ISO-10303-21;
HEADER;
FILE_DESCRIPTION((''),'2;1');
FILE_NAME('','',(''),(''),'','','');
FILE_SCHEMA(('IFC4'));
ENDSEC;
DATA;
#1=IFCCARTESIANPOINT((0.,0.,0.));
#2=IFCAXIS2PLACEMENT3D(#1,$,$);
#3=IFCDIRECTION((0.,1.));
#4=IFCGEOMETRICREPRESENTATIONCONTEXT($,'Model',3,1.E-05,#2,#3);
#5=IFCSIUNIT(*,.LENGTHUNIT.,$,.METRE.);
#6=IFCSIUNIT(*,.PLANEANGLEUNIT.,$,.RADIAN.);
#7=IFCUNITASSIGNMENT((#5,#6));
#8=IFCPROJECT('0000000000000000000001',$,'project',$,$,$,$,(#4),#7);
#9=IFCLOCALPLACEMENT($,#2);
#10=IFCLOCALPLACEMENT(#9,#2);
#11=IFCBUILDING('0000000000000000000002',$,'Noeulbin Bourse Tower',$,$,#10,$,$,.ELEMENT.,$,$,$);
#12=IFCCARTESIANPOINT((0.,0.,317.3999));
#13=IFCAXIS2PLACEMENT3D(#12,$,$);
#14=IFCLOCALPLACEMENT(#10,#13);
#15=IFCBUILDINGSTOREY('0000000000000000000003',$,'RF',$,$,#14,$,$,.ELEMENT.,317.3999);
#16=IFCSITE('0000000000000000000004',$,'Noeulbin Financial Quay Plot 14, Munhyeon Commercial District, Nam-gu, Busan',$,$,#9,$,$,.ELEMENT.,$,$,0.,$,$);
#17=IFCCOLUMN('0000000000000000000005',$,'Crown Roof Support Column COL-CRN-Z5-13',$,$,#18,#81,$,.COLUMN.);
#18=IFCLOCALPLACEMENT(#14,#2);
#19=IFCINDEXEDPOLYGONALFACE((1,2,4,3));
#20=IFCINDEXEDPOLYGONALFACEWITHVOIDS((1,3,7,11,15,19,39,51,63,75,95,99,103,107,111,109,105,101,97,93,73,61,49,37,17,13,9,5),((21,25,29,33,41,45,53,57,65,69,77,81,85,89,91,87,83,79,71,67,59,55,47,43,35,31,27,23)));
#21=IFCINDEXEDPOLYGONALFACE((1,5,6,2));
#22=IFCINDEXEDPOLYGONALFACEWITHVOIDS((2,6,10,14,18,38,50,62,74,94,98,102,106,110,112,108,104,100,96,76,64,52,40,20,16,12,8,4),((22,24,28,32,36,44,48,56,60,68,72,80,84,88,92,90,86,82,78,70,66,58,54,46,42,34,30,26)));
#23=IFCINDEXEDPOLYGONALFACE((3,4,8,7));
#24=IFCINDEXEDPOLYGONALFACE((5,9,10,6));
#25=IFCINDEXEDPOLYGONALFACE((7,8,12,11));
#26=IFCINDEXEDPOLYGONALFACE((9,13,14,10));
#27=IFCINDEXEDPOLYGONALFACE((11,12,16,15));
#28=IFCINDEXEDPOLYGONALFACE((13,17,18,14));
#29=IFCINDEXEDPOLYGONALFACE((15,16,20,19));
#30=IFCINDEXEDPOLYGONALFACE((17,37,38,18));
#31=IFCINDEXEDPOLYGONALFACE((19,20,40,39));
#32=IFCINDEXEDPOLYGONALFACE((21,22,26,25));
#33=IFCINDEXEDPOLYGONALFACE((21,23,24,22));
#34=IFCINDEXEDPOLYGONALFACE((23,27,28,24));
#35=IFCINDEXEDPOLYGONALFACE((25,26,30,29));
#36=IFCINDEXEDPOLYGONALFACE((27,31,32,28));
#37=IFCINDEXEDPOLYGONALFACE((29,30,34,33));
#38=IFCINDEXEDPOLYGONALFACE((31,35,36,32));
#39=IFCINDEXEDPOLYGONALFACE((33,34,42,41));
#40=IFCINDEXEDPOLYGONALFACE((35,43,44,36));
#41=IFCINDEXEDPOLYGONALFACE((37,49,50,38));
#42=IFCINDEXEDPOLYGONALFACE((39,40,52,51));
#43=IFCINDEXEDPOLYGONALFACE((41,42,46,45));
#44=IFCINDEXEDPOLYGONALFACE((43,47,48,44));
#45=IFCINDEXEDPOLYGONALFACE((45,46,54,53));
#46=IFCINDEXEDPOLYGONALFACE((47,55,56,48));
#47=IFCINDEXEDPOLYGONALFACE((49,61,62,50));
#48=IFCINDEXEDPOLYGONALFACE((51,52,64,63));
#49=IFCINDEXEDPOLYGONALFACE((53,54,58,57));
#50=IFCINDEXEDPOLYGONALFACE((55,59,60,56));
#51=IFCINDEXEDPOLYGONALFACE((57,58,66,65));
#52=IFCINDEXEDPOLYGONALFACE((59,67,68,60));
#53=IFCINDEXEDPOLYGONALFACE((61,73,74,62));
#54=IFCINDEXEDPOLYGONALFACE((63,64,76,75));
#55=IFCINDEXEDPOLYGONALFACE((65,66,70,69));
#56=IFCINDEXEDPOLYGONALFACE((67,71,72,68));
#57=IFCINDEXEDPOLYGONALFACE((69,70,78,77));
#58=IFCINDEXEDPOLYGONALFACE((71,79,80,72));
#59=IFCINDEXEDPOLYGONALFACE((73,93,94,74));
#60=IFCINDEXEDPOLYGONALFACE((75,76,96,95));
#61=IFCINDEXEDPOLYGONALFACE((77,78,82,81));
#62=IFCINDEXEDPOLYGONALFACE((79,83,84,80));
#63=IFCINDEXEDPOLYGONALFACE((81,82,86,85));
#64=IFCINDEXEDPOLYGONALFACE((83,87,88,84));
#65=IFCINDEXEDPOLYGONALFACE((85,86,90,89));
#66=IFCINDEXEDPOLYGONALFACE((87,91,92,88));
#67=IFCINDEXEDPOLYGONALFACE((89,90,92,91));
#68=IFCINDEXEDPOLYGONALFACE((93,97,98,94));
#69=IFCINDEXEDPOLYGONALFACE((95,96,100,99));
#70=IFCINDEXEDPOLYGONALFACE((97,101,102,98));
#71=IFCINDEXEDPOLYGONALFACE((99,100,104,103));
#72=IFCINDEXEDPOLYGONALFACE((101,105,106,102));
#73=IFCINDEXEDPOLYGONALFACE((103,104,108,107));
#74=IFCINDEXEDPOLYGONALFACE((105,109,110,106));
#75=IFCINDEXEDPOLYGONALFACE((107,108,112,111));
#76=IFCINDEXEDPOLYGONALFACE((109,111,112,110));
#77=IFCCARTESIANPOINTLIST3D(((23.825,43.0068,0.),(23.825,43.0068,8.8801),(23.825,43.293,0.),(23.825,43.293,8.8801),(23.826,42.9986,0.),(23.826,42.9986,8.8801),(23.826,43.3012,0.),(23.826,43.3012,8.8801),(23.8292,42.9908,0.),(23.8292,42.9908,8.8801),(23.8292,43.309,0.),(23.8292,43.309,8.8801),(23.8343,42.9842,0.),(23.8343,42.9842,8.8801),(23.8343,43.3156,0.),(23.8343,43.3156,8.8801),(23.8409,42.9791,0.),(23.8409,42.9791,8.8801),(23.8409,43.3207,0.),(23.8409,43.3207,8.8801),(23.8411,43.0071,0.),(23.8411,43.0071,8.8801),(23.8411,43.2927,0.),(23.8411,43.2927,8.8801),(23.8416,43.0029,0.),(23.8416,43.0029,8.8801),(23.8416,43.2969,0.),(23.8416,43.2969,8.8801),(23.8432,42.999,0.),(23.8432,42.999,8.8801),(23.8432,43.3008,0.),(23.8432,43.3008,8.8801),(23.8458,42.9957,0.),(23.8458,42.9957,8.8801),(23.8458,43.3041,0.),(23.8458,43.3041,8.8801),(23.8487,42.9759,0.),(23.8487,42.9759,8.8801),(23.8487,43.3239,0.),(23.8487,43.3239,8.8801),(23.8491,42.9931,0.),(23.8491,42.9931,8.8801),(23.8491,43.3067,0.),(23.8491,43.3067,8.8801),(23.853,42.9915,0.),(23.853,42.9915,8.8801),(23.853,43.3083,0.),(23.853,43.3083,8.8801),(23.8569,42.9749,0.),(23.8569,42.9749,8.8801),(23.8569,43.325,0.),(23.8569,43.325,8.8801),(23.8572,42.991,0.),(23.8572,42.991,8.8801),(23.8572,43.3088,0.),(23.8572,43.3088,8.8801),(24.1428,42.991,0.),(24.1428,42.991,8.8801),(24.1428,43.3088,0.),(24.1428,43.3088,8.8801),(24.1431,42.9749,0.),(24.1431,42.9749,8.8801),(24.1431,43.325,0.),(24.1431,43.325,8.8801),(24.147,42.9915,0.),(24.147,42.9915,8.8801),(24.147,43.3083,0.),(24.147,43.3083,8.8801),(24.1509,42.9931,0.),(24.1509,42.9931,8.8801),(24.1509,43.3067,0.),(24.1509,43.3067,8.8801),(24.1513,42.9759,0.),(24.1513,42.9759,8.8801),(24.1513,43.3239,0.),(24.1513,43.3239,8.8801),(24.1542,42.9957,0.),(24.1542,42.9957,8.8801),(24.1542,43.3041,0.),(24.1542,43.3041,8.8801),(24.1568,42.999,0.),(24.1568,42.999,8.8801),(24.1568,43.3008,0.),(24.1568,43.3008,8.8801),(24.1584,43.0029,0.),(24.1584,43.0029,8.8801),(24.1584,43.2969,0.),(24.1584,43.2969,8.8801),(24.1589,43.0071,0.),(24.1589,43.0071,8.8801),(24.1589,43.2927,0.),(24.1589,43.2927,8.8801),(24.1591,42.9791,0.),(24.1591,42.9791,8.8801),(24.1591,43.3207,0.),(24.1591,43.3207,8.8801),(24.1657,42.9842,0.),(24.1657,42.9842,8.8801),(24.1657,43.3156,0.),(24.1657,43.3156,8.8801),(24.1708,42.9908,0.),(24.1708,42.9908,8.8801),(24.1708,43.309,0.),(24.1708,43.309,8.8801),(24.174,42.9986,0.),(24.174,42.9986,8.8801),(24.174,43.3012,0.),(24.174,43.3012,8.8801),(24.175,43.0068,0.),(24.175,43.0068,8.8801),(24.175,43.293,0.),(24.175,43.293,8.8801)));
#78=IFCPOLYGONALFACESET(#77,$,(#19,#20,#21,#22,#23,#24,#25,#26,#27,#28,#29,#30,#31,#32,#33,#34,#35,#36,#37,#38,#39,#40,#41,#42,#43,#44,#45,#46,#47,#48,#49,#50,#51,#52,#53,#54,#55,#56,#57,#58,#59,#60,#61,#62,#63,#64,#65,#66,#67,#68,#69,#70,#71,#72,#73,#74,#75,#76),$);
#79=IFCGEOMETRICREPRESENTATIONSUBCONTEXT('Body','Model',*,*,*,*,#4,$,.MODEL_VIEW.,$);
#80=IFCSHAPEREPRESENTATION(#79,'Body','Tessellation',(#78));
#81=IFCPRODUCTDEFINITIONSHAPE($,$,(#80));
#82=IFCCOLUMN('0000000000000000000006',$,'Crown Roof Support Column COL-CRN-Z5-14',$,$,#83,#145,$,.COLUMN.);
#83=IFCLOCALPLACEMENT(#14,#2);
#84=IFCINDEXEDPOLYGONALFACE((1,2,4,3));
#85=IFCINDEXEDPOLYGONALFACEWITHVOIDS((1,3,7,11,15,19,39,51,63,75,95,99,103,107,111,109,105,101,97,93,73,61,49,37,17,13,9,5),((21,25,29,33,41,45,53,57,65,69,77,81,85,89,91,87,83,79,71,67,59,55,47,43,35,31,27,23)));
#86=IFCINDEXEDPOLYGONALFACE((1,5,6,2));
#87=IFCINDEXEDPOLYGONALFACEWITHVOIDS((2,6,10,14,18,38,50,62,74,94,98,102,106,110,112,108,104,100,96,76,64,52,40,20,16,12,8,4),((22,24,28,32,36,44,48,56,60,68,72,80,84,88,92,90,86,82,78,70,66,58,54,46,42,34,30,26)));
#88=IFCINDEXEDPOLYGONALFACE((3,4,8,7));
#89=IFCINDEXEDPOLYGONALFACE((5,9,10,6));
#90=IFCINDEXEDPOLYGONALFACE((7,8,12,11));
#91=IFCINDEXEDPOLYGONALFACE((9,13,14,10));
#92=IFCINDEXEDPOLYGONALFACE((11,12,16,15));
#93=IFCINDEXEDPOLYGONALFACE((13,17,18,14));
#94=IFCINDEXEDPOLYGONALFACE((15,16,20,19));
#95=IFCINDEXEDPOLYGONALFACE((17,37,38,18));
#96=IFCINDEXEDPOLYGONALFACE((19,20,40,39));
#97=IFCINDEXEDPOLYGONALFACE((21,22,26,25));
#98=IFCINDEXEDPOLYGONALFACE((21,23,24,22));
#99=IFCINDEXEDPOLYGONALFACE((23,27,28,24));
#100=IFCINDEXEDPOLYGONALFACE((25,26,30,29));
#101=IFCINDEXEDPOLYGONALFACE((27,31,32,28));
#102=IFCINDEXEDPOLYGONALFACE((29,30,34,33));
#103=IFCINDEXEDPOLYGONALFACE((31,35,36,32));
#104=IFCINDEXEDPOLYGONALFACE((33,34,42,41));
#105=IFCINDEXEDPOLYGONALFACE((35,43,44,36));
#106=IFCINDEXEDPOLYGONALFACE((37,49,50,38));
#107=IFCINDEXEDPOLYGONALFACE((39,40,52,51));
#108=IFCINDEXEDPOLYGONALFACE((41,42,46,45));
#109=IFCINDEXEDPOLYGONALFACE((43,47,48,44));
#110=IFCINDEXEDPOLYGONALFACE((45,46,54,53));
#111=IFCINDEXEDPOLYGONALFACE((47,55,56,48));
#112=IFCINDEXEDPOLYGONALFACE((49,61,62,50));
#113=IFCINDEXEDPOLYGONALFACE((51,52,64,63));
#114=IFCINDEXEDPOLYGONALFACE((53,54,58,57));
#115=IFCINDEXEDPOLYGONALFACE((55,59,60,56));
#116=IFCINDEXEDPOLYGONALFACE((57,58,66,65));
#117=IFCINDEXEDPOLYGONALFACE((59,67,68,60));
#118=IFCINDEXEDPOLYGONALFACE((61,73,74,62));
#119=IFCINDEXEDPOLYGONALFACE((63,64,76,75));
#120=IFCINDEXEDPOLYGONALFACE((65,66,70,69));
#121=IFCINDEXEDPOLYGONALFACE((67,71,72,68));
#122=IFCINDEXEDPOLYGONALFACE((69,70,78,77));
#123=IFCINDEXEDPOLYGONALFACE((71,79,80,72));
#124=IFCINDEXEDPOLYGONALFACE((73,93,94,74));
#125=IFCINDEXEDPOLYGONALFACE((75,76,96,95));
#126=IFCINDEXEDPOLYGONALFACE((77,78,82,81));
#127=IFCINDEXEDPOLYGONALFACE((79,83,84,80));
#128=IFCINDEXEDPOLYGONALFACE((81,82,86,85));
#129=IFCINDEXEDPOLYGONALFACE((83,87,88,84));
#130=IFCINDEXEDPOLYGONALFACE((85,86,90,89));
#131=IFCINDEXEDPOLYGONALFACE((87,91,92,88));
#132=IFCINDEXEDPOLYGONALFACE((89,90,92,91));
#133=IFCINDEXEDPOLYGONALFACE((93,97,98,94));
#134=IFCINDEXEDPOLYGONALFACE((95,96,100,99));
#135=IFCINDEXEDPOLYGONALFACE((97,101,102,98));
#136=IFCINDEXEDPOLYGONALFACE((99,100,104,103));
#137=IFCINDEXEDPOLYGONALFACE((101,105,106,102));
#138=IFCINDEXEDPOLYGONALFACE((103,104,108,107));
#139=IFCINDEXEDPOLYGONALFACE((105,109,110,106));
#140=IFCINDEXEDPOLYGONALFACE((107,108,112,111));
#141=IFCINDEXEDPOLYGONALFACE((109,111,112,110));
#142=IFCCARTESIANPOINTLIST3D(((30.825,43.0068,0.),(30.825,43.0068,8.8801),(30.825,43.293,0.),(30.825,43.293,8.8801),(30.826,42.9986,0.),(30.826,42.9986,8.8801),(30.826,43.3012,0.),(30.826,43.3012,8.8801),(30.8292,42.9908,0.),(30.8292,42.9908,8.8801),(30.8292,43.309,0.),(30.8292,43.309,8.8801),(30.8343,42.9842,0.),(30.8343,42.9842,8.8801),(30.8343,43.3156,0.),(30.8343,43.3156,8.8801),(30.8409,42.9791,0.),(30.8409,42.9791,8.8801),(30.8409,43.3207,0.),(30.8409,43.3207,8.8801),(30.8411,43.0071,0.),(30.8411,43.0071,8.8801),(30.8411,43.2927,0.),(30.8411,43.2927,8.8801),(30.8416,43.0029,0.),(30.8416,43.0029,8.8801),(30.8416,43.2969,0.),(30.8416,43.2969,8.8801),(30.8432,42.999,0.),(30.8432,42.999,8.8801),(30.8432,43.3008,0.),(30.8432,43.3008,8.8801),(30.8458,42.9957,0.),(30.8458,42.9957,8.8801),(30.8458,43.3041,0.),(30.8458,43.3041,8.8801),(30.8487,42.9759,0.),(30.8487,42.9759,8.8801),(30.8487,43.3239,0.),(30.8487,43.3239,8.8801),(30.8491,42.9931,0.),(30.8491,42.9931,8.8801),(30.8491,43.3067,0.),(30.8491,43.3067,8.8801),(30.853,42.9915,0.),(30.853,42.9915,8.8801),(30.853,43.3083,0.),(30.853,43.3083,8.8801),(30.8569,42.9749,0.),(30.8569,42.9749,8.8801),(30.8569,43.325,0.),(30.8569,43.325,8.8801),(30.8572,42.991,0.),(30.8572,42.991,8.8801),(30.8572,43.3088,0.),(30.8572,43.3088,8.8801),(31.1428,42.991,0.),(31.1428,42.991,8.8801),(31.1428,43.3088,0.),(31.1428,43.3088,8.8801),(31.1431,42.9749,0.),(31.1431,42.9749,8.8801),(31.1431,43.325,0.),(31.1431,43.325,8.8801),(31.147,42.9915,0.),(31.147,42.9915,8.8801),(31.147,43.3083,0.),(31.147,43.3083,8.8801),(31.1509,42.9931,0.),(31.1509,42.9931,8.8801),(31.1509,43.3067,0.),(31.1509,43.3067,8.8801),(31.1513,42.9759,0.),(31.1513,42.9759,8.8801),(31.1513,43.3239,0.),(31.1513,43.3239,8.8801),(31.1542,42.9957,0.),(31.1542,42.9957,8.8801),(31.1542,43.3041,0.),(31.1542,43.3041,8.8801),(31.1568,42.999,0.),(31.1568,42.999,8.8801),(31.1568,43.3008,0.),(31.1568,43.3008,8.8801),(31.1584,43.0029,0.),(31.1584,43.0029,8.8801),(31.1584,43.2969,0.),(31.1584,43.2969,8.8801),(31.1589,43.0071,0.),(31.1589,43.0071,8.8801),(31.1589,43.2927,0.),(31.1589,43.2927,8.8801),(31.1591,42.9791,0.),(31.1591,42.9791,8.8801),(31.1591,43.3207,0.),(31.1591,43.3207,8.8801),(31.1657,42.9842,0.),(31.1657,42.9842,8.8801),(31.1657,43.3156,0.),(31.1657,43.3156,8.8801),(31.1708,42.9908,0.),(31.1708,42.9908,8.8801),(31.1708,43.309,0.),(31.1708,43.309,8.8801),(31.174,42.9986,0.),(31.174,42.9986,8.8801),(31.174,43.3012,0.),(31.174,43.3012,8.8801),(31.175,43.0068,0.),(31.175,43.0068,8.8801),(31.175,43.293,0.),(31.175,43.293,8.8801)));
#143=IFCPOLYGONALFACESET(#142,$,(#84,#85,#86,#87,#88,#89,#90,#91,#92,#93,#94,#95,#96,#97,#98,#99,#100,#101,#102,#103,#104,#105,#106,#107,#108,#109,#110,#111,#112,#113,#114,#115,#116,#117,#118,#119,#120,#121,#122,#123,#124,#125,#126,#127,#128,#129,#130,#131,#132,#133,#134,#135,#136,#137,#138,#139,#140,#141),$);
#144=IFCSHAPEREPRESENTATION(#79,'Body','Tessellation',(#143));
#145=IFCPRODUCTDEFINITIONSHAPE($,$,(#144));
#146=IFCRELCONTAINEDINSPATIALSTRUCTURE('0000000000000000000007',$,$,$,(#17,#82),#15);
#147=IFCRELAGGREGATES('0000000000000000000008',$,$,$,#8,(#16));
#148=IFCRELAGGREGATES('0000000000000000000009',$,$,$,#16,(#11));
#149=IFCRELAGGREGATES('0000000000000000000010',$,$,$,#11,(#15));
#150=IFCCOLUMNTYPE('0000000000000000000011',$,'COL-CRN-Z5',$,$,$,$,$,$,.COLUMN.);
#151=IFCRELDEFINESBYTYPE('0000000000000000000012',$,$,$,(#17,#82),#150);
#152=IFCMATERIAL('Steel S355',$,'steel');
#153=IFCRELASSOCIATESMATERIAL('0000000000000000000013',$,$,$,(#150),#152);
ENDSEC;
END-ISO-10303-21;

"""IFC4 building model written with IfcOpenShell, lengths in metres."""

from ifc_helpers import new_model, si_unit, direction, frame, origin, origin_2d, place, context, subcontext, project, spatial, hollow_rectangle, extrude, material, material_profile, profile_set, type_object, element, save


model = new_model("IFC4")

# Units and contexts
model_context = context("Model", 3, precision=1e-05, world=origin(), true_north=direction((0.0, 1.0)))
body_context = subcontext(model_context, "Body", "Model", "MODEL_VIEW")
ifc_project = project(units=[si_unit("LENGTHUNIT", "METRE"), si_unit("PLANEANGLEUNIT", "RADIAN")], contexts=[model_context])

# Site, building, storey
site_placement = place(None, origin())
site = spatial("IfcSite", under=ifc_project, at=site_placement, Name="Noeulbin Financial Quay Plot 14, Munhyeon Commercial District, Nam-gu, Busan", CompositionType="ELEMENT", RefElevation=0.0)
building_placement = place(site_placement, origin())
building = spatial("IfcBuilding", under=site, at=building_placement, Name="Noeulbin Bourse Tower", CompositionType="ELEMENT")
storey_placement = place(building_placement, frame((0.0, 0.0, 317.3999)))
storey = spatial("IfcBuildingStorey", under=building, at=storey_placement, Name="RF", CompositionType="ELEMENT", Elevation=317.3999)

# Columns
ifc_material_1 = material(Name="Steel S355", Category="steel")
ifc_material_profile_1 = material_profile(ifc_material_1, hollow_rectangle(XDim=0.3501, YDim=0.3501, WallThickness=0.0161, InnerFilletRadius=0.0161, OuterFilletRadius=0.032, at=origin_2d()), Name="SHS-350x350x16", Category="LoadBearing")
ifc_profile_set_1 = profile_set([ifc_material_profile_1], Name="Steel S355")
column_type_1 = type_object("IfcColumnType", Name="COL-CRN-Z5", PredefinedType="COLUMN", material=ifc_profile_set_1)
for number, where, z_axis, x_axis, name in (
    (1, (24.0, 43.1499, 0.0), (0.0, 0.0, 1.0), (1.0, 0.0, 0.0), "Crown Roof Support Column COL-CRN-Z5-13"),
    (2, (31.0, 43.1499, 0.0), (0.0, 0.0, 1.0), (1.0, 0.0, 0.0), "Crown Roof Support Column COL-CRN-Z5-14"),
):
    element("IfcColumn", number, at=place(storey_placement, frame(where, z_axis=z_axis, x_axis=x_axis)), inside=storey, type_object=column_type_1, Name=name, PredefinedType="COLUMN", context=body_context, shape_type="SweptSolid", body=[
        extrude(hollow_rectangle(XDim=0.3501, YDim=0.3501, WallThickness=0.0161, InnerFilletRadius=0.0161, OuterFilletRadius=0.032, at=origin_2d()), origin(), (0.0, 0.0, 1.0), 8.8801),
    ])

save(model, "model.ifc")
